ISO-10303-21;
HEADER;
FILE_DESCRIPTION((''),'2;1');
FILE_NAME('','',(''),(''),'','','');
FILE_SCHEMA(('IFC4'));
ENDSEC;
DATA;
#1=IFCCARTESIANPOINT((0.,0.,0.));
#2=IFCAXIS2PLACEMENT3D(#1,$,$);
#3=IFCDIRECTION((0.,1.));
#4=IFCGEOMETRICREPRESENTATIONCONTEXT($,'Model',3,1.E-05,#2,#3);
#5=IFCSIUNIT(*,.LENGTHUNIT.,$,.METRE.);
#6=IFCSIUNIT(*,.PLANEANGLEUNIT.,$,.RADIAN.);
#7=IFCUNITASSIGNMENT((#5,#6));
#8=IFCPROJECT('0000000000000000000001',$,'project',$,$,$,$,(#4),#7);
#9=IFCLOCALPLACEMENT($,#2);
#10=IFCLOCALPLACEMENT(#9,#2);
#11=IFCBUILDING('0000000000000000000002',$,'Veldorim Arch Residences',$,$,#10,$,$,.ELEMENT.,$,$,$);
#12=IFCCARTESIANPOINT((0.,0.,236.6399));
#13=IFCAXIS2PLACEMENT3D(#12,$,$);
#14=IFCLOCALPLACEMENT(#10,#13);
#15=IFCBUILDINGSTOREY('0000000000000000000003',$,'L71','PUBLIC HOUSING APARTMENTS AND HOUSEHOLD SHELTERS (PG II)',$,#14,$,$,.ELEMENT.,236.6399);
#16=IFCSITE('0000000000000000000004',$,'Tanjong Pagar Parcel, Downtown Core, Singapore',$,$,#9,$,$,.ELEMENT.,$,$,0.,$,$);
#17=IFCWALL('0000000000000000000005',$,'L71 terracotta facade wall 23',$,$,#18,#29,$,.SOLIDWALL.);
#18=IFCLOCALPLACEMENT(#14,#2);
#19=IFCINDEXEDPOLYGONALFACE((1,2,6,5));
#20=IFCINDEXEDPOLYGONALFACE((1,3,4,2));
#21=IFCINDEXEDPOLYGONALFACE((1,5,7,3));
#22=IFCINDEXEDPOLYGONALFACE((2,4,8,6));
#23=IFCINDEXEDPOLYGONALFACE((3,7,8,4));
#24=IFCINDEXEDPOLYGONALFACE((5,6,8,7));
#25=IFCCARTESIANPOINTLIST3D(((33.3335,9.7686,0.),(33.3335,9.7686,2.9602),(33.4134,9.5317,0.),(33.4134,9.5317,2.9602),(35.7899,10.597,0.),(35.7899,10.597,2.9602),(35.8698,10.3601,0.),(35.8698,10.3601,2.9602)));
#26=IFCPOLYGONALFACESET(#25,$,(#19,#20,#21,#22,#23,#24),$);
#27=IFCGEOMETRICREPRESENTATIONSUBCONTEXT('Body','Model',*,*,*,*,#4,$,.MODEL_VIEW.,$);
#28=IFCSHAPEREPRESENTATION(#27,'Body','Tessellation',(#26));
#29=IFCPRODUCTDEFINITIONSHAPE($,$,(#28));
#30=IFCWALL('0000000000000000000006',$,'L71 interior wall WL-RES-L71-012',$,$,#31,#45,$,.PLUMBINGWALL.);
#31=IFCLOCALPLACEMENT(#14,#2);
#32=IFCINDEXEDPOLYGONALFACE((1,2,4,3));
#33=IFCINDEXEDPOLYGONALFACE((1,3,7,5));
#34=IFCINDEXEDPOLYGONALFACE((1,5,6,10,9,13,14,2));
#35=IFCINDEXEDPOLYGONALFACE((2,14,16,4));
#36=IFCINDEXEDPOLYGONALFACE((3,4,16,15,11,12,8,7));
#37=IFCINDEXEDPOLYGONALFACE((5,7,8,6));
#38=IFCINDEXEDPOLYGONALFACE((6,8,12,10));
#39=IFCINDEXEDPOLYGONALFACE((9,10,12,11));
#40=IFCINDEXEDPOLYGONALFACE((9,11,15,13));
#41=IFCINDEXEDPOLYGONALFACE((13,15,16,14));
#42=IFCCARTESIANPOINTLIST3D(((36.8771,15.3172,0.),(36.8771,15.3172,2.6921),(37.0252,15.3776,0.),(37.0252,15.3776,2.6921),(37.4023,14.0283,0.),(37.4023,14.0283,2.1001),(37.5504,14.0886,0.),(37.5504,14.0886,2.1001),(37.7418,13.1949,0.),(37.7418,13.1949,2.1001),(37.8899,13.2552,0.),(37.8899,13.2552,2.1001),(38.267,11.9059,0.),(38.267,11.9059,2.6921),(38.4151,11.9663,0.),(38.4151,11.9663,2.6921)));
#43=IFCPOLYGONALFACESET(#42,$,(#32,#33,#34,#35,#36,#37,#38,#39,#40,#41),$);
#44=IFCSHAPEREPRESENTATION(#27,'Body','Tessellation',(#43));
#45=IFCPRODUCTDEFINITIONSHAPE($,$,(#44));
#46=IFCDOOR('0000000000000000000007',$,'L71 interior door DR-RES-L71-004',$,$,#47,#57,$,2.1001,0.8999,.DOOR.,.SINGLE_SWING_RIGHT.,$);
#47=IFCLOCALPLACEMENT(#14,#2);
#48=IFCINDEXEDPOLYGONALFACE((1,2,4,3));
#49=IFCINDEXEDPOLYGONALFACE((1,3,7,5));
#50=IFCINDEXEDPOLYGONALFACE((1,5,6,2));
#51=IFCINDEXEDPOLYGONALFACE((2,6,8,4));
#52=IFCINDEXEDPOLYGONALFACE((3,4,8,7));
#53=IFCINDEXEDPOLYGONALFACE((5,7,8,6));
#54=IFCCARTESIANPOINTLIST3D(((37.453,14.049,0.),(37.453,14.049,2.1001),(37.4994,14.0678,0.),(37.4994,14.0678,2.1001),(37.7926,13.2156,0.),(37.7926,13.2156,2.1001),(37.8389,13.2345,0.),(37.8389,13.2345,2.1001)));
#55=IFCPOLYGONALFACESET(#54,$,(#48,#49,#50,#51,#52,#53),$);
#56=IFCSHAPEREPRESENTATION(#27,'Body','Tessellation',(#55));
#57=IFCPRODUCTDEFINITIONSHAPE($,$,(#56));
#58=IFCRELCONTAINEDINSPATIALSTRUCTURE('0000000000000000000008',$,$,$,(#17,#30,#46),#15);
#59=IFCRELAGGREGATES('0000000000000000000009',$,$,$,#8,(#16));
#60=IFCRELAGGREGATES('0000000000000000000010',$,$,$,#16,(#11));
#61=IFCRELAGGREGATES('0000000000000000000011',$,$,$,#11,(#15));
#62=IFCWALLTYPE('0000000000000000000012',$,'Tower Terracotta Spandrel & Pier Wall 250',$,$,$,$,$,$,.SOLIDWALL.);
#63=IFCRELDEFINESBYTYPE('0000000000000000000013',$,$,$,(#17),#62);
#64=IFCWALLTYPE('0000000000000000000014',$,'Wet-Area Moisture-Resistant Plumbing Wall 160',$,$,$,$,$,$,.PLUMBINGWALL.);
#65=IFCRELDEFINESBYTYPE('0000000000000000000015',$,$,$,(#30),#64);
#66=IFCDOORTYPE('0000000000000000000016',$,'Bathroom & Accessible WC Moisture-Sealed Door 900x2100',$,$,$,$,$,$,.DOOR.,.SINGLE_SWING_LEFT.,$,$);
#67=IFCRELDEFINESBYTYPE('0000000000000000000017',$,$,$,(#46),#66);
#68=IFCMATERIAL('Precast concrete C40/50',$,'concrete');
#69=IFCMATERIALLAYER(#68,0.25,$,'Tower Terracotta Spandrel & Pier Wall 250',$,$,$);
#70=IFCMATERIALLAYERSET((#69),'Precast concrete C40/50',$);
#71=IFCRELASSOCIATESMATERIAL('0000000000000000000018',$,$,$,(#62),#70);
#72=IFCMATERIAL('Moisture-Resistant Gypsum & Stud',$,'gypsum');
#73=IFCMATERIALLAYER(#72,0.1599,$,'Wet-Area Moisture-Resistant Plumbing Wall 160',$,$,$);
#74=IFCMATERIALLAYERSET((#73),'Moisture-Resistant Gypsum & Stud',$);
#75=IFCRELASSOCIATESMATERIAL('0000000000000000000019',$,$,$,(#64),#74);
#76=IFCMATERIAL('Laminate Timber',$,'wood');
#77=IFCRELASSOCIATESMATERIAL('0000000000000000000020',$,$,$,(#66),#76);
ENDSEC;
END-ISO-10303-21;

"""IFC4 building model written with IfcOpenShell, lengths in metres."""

from ifc_helpers import new_model, si_unit, direction, frame, frame_2d, origin, place, context, subcontext, project, spatial, rectangle, extrude, material, layer, layer_set, type_object, element, fill, save


model = new_model("IFC4")

# Units and contexts
model_context = context("Model", 3, precision=1e-05, world=origin(), true_north=direction((0.0, 1.0)))
body_context = subcontext(model_context, "Body", "Model", "MODEL_VIEW")
ifc_project = project(units=[si_unit("LENGTHUNIT", "METRE"), si_unit("PLANEANGLEUNIT", "RADIAN")], contexts=[model_context])

# Site, building, storey
site_placement = place(None, origin())
site = spatial("IfcSite", under=ifc_project, at=site_placement, Name="Tanjong Pagar Parcel, Downtown Core, Singapore", CompositionType="ELEMENT", RefElevation=0.0)
building_placement = place(site_placement, origin())
building = spatial("IfcBuilding", under=site, at=building_placement, Name="Veldorim Arch Residences", CompositionType="ELEMENT")
storey_placement = place(building_placement, frame((0.0, 0.0, 236.6399)))
storey = spatial("IfcBuildingStorey", under=building, at=storey_placement, Name="L71", Description="PUBLIC HOUSING APARTMENTS AND HOUSEHOLD SHELTERS (PG II)", CompositionType="ELEMENT", Elevation=236.6399)

# Shared definitions
ifc_material_1 = material(Name="Precast concrete C40/50", Category="concrete")
ifc_layer_1 = layer(ifc_material_1, 0.25, Name="Tower Terracotta Spandrel & Pier Wall 250")
ifc_layer_set_1 = layer_set([ifc_layer_1], Name="Precast concrete C40/50")
wall_type_1 = type_object("IfcWallType", Name="Tower Terracotta Spandrel & Pier Wall 250", PredefinedType="SOLIDWALL", material=ifc_layer_set_1)

# Wall
wall_1_placement = place(storey_placement, frame((35.8298, 10.4785, 0.0), z_axis=(0.0, 0.0, 1.0), x_axis=(-0.947566, -0.31956, 0.0)))
element("IfcWall", 1, at=wall_1_placement, inside=storey, type_object=wall_type_1, Name="L71 terracotta facade wall 23", PredefinedType="SOLIDWALL", context=body_context, shape_type="SweptSolid", body=[
    extrude(rectangle(XDim=2.5923, YDim=0.25, at=frame_2d((1.2961, 0.0))), origin(), (0.0, 0.0, 1.0), 2.9602),
])

# Wall, opening, door
ifc_material_2 = material(Name="Moisture-Resistant Gypsum & Stud", Category="gypsum")
ifc_layer_2 = layer(ifc_material_2, 0.1599, Name="Wet-Area Moisture-Resistant Plumbing Wall 160")
ifc_layer_set_2 = layer_set([ifc_layer_2], Name="Moisture-Resistant Gypsum & Stud")
wall_type_2 = type_object("IfcWallType", Name="Wet-Area Moisture-Resistant Plumbing Wall 160", PredefinedType="PLUMBINGWALL", material=ifc_layer_set_2)
wall_2_placement = place(storey_placement, frame((36.9512, 15.3474, 0.0), z_axis=(0.0, 0.0, 1.0), x_axis=(0.377314, -0.926085, 0.0)))
wall_2 = element("IfcWall", 2, at=wall_2_placement, inside=storey, type_object=wall_type_2, Name="L71 interior wall WL-RES-L71-012", PredefinedType="PLUMBINGWALL", context=body_context, shape_type="SweptSolid", body=[
    extrude(rectangle(XDim=3.6836, YDim=0.1599, at=frame_2d((1.8418, 0.0))), origin(), (0.0, 0.0, 1.0), 2.6921),
])
opening_1_placement = place(wall_2_placement, frame((1.3918, 0.0, 0.0)))
opening_1 = element("IfcOpeningElement", 3, at=opening_1_placement, cuts=wall_2, PredefinedType="OPENING", context=body_context, shape_type="SweptSolid", body=[
    extrude(rectangle(XDim=0.8999, YDim=2.1001, at=frame_2d((0.45, 1.05))), frame((0.0, 0.0898, 0.0), z_axis=(0.0, -1.0, 0.0), x_axis=(1.0, 0.0, 0.0)), (0.0, 0.0, 1.0), 0.1799),
])
ifc_material_3 = material(Name="Laminate Timber", Category="wood")
door_type_1 = type_object("IfcDoorType", Name="Bathroom & Accessible WC Moisture-Sealed Door 900x2100", OperationType="SINGLE_SWING_LEFT", PredefinedType="DOOR", material=ifc_material_3)
door_1_placement = place(opening_1_placement, origin())
door_1 = element("IfcDoor", 4, at=door_1_placement, inside=storey, type_object=door_type_1, Name="L71 interior door DR-RES-L71-004", OperationType="SINGLE_SWING_RIGHT", OverallHeight=2.1001, OverallWidth=0.8999, PredefinedType="DOOR", context=body_context, shape_type="SweptSolid", body=[
    extrude(rectangle(XDim=0.8999, YDim=2.1001, at=frame_2d((0.45, 1.05))), frame((0.0, 0.0249, 0.0), z_axis=(0.0, -1.0, 0.0), x_axis=(1.0, 0.0, 0.0)), (0.0, 0.0, 1.0), 0.05),
])
fill(opening_1, door_1)

save(model, "model.ifc")
